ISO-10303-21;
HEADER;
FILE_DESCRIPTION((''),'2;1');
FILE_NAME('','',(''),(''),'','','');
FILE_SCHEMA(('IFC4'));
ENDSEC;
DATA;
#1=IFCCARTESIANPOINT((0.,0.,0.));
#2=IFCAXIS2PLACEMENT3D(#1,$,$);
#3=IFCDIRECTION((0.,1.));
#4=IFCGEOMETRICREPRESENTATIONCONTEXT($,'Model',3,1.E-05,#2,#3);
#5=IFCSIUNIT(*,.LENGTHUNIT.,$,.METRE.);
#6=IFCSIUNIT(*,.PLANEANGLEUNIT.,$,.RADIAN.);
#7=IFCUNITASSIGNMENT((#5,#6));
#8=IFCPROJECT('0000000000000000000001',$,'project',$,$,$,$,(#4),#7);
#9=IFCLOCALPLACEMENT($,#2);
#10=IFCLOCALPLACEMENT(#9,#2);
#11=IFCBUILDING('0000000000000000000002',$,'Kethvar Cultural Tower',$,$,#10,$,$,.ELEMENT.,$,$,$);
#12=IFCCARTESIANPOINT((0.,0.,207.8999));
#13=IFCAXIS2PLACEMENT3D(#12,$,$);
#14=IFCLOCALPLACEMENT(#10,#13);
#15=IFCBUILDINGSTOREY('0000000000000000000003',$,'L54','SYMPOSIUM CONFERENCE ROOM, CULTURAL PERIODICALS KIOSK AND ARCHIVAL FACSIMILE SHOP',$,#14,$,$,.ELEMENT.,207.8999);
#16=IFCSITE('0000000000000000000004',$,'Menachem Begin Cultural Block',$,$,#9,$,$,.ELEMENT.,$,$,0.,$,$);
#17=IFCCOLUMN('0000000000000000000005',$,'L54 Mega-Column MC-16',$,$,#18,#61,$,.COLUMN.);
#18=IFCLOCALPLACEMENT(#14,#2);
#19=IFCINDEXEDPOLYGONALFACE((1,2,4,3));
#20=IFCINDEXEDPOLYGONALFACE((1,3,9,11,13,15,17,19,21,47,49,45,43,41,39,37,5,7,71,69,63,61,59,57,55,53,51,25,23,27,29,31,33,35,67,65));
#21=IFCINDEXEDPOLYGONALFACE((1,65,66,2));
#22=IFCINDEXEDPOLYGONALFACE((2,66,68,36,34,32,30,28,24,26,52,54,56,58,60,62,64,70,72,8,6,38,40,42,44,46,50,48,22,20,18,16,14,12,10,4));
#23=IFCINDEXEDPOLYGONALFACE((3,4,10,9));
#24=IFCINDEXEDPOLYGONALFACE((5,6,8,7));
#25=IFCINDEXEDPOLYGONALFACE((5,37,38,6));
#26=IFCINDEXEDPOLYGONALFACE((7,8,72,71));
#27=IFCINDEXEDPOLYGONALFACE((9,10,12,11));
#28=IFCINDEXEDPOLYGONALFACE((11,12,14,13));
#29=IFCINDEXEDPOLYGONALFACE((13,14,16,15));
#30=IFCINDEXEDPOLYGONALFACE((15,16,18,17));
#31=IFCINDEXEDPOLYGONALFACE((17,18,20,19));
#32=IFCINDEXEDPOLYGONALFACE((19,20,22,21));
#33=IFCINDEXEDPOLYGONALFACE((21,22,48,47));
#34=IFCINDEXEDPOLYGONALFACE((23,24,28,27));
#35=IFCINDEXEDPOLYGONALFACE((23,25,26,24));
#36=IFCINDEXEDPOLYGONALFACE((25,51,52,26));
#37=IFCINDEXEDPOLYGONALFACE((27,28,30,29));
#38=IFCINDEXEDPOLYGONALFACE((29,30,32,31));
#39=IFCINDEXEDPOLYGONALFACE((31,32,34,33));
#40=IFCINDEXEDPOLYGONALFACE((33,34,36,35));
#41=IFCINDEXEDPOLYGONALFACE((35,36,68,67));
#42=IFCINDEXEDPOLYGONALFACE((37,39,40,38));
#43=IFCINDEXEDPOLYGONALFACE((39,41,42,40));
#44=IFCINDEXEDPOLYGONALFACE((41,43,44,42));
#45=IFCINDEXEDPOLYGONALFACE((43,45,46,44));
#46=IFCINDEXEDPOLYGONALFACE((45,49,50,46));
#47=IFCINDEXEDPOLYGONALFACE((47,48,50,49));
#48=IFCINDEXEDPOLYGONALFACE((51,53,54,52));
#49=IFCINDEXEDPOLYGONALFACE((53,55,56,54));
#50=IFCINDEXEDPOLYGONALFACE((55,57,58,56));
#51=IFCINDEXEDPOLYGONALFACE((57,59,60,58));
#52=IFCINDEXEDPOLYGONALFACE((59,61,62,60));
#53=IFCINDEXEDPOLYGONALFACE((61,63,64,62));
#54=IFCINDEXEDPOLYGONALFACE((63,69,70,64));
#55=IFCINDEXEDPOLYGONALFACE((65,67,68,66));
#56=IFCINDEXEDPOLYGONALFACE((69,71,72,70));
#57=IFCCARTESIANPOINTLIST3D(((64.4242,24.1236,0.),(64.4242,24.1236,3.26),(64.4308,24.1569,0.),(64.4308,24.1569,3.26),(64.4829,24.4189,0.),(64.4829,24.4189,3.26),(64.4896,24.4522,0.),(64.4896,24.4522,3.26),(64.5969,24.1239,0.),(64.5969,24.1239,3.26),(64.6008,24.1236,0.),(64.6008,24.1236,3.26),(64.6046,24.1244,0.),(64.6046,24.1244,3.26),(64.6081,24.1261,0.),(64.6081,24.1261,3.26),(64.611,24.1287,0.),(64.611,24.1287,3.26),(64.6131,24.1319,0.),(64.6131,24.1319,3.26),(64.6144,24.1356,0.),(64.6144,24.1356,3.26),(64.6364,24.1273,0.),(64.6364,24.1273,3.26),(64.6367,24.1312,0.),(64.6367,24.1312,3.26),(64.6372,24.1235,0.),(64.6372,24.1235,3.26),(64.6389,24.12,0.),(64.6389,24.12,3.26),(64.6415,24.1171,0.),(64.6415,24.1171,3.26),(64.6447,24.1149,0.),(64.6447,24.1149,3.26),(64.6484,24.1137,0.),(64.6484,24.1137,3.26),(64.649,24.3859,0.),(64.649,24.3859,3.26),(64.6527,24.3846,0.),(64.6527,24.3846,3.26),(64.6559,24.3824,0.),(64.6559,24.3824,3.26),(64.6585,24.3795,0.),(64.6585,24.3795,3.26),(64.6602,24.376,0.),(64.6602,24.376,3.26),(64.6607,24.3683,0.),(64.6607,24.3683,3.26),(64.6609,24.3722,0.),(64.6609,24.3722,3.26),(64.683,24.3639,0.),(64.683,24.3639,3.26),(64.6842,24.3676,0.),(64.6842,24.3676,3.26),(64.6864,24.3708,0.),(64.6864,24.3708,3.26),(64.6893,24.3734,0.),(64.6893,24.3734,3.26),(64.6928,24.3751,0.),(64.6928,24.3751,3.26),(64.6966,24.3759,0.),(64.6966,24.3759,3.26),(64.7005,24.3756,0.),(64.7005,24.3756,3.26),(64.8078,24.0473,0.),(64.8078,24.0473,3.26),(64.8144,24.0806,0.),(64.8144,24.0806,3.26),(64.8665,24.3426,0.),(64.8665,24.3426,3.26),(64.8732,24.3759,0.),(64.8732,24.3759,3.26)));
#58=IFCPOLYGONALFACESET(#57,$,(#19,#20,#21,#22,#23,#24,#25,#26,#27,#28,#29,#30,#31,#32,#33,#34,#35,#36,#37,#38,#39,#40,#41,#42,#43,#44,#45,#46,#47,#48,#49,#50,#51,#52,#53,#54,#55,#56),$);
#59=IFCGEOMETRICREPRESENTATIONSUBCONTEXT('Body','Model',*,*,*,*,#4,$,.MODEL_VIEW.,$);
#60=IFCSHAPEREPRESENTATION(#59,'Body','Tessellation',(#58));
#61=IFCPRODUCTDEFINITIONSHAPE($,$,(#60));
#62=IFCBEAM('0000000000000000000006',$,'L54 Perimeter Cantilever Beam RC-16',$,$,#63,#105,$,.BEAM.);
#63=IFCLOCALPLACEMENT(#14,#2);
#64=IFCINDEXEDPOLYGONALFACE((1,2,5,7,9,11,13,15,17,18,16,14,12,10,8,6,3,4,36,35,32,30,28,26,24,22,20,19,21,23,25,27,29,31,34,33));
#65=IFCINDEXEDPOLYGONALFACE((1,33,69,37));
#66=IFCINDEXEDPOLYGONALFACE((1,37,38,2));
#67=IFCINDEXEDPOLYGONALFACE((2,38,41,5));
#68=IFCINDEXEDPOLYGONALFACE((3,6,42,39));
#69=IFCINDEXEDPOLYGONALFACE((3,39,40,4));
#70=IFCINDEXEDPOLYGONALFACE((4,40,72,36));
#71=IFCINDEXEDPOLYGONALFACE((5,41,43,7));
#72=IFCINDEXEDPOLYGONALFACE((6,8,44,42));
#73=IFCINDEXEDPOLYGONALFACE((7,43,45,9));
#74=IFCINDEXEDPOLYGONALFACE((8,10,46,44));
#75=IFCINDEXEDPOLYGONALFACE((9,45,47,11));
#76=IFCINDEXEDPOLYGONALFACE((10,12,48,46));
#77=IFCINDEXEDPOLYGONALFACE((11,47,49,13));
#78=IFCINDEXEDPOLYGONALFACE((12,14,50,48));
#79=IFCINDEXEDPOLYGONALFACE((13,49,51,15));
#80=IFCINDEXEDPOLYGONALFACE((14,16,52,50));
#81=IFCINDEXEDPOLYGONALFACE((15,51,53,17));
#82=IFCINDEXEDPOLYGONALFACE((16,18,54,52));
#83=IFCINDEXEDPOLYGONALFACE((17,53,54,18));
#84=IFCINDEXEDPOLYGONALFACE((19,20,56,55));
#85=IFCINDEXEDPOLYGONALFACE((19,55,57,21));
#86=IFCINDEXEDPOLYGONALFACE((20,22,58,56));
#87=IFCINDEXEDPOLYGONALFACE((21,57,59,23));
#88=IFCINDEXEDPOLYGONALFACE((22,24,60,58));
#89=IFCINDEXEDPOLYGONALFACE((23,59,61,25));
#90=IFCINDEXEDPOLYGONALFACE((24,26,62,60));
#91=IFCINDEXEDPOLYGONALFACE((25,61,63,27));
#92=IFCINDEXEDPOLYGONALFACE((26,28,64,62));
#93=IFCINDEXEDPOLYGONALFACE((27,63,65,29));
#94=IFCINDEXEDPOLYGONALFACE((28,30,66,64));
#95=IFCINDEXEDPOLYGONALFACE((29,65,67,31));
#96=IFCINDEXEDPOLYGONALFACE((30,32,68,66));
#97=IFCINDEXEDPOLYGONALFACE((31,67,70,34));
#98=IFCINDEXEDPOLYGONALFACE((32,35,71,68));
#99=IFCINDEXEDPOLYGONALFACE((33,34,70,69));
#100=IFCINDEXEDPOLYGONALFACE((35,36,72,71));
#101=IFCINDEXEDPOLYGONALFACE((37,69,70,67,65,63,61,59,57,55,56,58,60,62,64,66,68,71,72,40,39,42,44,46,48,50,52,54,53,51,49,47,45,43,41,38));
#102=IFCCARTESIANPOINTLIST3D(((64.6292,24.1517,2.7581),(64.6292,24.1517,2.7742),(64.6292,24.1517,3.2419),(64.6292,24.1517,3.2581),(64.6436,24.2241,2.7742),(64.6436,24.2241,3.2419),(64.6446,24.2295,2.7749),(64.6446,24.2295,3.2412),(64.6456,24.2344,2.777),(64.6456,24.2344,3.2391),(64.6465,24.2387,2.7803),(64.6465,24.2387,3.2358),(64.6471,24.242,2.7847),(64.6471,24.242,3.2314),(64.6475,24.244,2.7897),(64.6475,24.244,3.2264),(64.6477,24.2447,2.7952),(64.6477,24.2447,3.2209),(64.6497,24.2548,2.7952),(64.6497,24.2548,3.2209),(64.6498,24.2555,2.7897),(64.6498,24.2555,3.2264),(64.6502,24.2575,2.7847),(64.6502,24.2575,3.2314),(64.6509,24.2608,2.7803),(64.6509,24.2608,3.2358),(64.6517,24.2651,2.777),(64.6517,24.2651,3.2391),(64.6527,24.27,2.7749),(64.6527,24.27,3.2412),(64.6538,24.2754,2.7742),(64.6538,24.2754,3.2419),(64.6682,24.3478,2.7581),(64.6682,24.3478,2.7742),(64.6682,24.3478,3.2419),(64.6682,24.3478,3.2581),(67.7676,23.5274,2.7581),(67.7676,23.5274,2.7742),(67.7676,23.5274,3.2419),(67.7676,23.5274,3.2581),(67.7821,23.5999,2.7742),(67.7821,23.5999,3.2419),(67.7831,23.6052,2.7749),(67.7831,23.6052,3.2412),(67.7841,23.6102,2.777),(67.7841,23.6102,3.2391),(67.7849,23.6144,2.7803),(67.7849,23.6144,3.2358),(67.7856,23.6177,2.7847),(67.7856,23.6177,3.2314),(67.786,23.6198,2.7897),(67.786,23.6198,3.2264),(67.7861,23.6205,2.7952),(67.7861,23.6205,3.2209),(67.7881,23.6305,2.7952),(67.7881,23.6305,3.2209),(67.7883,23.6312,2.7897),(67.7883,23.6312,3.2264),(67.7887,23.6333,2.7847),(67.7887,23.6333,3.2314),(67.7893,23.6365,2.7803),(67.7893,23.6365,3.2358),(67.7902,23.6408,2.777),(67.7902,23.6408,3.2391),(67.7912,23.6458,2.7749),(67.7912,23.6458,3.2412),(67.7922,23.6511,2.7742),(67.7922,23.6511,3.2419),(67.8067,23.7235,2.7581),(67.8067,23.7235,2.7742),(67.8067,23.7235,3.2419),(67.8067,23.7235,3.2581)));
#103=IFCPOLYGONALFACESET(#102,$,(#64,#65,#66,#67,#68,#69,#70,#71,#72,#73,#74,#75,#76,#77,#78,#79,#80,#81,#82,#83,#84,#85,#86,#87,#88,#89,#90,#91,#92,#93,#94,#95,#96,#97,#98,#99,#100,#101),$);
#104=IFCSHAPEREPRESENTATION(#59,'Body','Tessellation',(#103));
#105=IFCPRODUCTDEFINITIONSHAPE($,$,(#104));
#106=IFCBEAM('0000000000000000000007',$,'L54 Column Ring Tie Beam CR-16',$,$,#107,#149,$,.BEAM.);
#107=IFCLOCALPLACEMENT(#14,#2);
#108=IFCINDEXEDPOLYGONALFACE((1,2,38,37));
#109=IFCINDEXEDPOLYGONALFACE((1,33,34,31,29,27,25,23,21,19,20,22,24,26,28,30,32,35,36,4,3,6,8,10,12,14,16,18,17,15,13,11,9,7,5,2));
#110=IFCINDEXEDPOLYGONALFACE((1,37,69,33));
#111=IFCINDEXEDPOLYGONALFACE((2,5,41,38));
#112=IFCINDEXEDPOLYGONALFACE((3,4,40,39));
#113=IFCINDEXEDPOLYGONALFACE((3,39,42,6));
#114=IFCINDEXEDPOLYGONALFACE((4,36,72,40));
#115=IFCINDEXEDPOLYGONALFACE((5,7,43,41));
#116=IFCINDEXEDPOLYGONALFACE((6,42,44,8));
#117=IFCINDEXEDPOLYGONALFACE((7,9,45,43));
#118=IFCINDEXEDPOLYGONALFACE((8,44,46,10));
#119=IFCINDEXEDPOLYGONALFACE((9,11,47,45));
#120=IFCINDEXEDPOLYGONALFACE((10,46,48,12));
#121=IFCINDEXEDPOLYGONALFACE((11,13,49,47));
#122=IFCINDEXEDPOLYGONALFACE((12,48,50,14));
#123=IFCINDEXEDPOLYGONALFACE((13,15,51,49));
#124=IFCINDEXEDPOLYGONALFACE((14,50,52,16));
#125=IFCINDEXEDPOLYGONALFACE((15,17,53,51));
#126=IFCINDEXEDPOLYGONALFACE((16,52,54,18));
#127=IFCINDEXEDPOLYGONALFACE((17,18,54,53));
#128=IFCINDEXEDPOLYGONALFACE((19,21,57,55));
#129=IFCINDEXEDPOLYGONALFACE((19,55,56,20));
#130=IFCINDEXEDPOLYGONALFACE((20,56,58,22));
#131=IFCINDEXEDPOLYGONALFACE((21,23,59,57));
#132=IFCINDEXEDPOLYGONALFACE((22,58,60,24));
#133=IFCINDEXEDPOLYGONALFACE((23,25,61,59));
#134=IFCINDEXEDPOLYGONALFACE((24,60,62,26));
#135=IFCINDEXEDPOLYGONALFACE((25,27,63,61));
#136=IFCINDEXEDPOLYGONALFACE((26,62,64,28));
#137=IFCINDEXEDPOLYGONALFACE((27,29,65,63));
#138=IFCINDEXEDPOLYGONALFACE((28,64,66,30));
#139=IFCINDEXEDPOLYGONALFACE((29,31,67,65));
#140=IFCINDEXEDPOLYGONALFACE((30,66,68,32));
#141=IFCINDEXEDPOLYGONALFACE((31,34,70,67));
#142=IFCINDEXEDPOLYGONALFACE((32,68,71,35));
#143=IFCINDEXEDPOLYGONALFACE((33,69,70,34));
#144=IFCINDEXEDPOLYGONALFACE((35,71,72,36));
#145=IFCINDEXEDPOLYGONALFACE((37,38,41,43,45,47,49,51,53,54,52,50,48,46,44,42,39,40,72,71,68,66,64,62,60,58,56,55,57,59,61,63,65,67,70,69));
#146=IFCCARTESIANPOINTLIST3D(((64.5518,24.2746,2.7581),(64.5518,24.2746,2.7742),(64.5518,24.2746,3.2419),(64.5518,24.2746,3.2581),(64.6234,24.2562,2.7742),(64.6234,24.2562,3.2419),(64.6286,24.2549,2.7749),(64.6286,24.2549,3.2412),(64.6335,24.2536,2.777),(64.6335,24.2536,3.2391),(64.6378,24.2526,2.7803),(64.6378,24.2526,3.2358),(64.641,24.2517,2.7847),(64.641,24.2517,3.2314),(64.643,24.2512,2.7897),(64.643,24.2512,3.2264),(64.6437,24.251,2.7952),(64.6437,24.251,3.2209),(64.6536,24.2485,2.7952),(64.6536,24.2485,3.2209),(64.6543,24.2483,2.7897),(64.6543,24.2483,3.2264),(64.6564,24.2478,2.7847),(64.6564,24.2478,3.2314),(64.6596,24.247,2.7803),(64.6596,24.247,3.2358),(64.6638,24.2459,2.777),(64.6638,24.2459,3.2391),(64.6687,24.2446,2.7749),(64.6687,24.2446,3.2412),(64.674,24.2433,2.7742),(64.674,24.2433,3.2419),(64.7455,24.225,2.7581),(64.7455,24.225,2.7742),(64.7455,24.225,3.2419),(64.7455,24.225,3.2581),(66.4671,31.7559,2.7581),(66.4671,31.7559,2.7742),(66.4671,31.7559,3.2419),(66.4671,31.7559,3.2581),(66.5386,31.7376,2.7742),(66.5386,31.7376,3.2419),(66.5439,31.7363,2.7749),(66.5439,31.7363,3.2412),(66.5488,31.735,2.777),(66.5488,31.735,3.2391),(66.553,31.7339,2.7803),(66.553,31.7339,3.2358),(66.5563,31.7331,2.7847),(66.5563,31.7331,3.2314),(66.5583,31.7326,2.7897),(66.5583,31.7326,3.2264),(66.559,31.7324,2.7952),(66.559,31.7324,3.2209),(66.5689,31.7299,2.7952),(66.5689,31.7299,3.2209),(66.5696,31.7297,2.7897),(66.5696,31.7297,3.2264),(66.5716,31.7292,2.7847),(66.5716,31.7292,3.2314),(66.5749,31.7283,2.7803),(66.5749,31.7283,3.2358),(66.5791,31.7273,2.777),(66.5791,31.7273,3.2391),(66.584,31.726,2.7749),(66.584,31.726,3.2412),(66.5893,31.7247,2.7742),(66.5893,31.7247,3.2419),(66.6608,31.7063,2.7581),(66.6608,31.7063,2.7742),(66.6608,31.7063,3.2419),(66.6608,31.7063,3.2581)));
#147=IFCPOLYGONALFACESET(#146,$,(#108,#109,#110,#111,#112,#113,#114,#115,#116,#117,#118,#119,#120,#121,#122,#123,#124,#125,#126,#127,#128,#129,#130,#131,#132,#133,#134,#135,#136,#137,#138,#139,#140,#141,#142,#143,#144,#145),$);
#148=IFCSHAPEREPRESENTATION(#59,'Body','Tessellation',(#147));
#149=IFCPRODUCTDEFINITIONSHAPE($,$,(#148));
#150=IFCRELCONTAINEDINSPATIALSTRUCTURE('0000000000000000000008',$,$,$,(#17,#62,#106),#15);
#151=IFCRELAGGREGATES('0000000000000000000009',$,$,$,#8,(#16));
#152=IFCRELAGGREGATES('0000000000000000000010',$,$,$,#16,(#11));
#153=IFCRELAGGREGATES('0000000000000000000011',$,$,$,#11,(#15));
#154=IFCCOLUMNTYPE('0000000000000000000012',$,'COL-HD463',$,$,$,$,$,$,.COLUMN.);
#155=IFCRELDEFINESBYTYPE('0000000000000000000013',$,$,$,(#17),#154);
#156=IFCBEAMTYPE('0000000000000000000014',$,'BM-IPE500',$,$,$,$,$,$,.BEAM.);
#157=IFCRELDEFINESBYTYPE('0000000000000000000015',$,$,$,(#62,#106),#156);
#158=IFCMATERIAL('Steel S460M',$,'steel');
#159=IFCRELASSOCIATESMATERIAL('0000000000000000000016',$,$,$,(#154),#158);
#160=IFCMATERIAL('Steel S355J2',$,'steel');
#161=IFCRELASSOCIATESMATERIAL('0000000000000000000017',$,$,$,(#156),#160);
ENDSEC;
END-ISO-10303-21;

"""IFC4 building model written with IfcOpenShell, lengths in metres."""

from ifc_helpers import new_model, si_unit, direction, frame, origin, origin_2d, place, context, subcontext, project, spatial, i_section, extrude, source, transform, mapped, material, material_profile, profile_set, type_object, element, save


model = new_model("IFC4")

# Units and contexts
model_context = context("Model", 3, precision=1e-05, world=origin(), true_north=direction((0.0, 1.0)))
body_context = subcontext(model_context, "Body", "Model", "MODEL_VIEW")
ifc_project = project(units=[si_unit("LENGTHUNIT", "METRE"), si_unit("PLANEANGLEUNIT", "RADIAN")], contexts=[model_context])

# Site, building, storey
site_placement = place(None, origin())
site = spatial("IfcSite", under=ifc_project, at=site_placement, Name="Menachem Begin Cultural Block", CompositionType="ELEMENT", RefElevation=0.0)
building_placement = place(site_placement, origin())
building = spatial("IfcBuilding", under=site, at=building_placement, Name="Kethvar Cultural Tower", CompositionType="ELEMENT")
storey_placement = place(building_placement, frame((0.0, 0.0, 207.8999)))
storey = spatial("IfcBuildingStorey", under=building, at=storey_placement, Name="L54", Description="SYMPOSIUM CONFERENCE ROOM, CULTURAL PERIODICALS KIOSK AND ARCHIVAL FACSIMILE SHOP", CompositionType="ELEMENT", Elevation=207.8999)

# Column
ifc_material_1 = material(Name="Steel S460M", Category="steel")
ifc_material_profile_1 = material_profile(ifc_material_1, i_section(OverallWidth=0.3911, OverallDepth=0.335, WebThickness=0.0227, FlangeThickness=0.0339, FilletRadius=0.0149, at=origin_2d()), Name="Steel S460M — HD400x463")
ifc_profile_set_1 = profile_set([ifc_material_profile_1], Name="Steel S460M — HD400x463")
column_type = type_object("IfcColumnType", Name="COL-HD463", PredefinedType="COLUMN", material=ifc_profile_set_1)
shared_shape_1 = source(origin(), body_context, "Body", "SweptSolid", [
    extrude(i_section(OverallWidth=0.3911, OverallDepth=0.335, WebThickness=0.0227, FlangeThickness=0.0339, FilletRadius=0.0149, at=origin_2d()), origin(), (0.0, 0.0, 1.0), 3.26),
])
column_placement = place(storey_placement, frame((64.6487, 24.2498, 0.0), z_axis=(0.0, 0.0, 1.0), x_axis=(0.980785, -0.19509, 0.0)))
element("IfcColumn", 1, at=column_placement, inside=storey, type_object=column_type, Name="L54 Mega-Column MC-16", PredefinedType="COLUMN", context=body_context, shape_type="MappedRepresentation", body=[
    mapped(shared_shape_1, transform((0.0, 0.0, 0.0), scale=1.0)),
])

# Beams
ifc_material_2 = material(Name="Steel S355J2", Category="steel")
ifc_material_profile_2 = material_profile(ifc_material_2, i_section(OverallWidth=0.2, OverallDepth=0.5, WebThickness=0.0103, FlangeThickness=0.0161, FilletRadius=0.021, at=origin_2d()), Name="Steel S355J2 — IPE500")
ifc_profile_set_2 = profile_set([ifc_material_profile_2], Name="Steel S355J2 — IPE500")
beam_type_1 = type_object("IfcBeamType", Name="BM-IPE500", PredefinedType="BEAM", material=ifc_profile_set_2)
shared_shape_2 = source(origin(), body_context, "Body", "SweptSolid", [
    extrude(i_section(OverallWidth=0.2, OverallDepth=0.5, WebThickness=0.0103, FlangeThickness=0.0161, FilletRadius=0.021, at=origin_2d()), origin(), (0.0, 0.0, 1.0), 3.2),
])
beam_1_placement = place(storey_placement, frame((64.6487, 24.2498, 3.0081), z_axis=(0.980786, -0.195089, 0.0), x_axis=(0.195089, 0.980786, 0.0)))
element("IfcBeam", 2, at=beam_1_placement, inside=storey, type_object=beam_type_1, Name="L54 Perimeter Cantilever Beam RC-16", PredefinedType="BEAM", context=body_context, shape_type="MappedRepresentation", body=[
    mapped(shared_shape_2, transform((0.0, 0.0, 0.0), scale=1.0)),
])
shared_shape_3 = source(origin(), body_context, "Body", "SweptSolid", [
    extrude(i_section(OverallWidth=0.2, OverallDepth=0.5, WebThickness=0.0103, FlangeThickness=0.0161, FilletRadius=0.021, at=origin_2d()), origin(), (0.0, 0.0, 1.0), 7.7227),
])
beam_2_placement = place(storey_placement, frame((64.6487, 24.2498, 3.0081), z_axis=(0.248006, 0.968758, 0.0), x_axis=(-0.968758, 0.248006, 0.0)))
element("IfcBeam", 3, at=beam_2_placement, inside=storey, type_object=beam_type_1, Name="L54 Column Ring Tie Beam CR-16", PredefinedType="BEAM", context=body_context, shape_type="MappedRepresentation", body=[
    mapped(shared_shape_3, transform((0.0, 0.0, 0.0), scale=1.0)),
])

save(model, "model.ifc")
